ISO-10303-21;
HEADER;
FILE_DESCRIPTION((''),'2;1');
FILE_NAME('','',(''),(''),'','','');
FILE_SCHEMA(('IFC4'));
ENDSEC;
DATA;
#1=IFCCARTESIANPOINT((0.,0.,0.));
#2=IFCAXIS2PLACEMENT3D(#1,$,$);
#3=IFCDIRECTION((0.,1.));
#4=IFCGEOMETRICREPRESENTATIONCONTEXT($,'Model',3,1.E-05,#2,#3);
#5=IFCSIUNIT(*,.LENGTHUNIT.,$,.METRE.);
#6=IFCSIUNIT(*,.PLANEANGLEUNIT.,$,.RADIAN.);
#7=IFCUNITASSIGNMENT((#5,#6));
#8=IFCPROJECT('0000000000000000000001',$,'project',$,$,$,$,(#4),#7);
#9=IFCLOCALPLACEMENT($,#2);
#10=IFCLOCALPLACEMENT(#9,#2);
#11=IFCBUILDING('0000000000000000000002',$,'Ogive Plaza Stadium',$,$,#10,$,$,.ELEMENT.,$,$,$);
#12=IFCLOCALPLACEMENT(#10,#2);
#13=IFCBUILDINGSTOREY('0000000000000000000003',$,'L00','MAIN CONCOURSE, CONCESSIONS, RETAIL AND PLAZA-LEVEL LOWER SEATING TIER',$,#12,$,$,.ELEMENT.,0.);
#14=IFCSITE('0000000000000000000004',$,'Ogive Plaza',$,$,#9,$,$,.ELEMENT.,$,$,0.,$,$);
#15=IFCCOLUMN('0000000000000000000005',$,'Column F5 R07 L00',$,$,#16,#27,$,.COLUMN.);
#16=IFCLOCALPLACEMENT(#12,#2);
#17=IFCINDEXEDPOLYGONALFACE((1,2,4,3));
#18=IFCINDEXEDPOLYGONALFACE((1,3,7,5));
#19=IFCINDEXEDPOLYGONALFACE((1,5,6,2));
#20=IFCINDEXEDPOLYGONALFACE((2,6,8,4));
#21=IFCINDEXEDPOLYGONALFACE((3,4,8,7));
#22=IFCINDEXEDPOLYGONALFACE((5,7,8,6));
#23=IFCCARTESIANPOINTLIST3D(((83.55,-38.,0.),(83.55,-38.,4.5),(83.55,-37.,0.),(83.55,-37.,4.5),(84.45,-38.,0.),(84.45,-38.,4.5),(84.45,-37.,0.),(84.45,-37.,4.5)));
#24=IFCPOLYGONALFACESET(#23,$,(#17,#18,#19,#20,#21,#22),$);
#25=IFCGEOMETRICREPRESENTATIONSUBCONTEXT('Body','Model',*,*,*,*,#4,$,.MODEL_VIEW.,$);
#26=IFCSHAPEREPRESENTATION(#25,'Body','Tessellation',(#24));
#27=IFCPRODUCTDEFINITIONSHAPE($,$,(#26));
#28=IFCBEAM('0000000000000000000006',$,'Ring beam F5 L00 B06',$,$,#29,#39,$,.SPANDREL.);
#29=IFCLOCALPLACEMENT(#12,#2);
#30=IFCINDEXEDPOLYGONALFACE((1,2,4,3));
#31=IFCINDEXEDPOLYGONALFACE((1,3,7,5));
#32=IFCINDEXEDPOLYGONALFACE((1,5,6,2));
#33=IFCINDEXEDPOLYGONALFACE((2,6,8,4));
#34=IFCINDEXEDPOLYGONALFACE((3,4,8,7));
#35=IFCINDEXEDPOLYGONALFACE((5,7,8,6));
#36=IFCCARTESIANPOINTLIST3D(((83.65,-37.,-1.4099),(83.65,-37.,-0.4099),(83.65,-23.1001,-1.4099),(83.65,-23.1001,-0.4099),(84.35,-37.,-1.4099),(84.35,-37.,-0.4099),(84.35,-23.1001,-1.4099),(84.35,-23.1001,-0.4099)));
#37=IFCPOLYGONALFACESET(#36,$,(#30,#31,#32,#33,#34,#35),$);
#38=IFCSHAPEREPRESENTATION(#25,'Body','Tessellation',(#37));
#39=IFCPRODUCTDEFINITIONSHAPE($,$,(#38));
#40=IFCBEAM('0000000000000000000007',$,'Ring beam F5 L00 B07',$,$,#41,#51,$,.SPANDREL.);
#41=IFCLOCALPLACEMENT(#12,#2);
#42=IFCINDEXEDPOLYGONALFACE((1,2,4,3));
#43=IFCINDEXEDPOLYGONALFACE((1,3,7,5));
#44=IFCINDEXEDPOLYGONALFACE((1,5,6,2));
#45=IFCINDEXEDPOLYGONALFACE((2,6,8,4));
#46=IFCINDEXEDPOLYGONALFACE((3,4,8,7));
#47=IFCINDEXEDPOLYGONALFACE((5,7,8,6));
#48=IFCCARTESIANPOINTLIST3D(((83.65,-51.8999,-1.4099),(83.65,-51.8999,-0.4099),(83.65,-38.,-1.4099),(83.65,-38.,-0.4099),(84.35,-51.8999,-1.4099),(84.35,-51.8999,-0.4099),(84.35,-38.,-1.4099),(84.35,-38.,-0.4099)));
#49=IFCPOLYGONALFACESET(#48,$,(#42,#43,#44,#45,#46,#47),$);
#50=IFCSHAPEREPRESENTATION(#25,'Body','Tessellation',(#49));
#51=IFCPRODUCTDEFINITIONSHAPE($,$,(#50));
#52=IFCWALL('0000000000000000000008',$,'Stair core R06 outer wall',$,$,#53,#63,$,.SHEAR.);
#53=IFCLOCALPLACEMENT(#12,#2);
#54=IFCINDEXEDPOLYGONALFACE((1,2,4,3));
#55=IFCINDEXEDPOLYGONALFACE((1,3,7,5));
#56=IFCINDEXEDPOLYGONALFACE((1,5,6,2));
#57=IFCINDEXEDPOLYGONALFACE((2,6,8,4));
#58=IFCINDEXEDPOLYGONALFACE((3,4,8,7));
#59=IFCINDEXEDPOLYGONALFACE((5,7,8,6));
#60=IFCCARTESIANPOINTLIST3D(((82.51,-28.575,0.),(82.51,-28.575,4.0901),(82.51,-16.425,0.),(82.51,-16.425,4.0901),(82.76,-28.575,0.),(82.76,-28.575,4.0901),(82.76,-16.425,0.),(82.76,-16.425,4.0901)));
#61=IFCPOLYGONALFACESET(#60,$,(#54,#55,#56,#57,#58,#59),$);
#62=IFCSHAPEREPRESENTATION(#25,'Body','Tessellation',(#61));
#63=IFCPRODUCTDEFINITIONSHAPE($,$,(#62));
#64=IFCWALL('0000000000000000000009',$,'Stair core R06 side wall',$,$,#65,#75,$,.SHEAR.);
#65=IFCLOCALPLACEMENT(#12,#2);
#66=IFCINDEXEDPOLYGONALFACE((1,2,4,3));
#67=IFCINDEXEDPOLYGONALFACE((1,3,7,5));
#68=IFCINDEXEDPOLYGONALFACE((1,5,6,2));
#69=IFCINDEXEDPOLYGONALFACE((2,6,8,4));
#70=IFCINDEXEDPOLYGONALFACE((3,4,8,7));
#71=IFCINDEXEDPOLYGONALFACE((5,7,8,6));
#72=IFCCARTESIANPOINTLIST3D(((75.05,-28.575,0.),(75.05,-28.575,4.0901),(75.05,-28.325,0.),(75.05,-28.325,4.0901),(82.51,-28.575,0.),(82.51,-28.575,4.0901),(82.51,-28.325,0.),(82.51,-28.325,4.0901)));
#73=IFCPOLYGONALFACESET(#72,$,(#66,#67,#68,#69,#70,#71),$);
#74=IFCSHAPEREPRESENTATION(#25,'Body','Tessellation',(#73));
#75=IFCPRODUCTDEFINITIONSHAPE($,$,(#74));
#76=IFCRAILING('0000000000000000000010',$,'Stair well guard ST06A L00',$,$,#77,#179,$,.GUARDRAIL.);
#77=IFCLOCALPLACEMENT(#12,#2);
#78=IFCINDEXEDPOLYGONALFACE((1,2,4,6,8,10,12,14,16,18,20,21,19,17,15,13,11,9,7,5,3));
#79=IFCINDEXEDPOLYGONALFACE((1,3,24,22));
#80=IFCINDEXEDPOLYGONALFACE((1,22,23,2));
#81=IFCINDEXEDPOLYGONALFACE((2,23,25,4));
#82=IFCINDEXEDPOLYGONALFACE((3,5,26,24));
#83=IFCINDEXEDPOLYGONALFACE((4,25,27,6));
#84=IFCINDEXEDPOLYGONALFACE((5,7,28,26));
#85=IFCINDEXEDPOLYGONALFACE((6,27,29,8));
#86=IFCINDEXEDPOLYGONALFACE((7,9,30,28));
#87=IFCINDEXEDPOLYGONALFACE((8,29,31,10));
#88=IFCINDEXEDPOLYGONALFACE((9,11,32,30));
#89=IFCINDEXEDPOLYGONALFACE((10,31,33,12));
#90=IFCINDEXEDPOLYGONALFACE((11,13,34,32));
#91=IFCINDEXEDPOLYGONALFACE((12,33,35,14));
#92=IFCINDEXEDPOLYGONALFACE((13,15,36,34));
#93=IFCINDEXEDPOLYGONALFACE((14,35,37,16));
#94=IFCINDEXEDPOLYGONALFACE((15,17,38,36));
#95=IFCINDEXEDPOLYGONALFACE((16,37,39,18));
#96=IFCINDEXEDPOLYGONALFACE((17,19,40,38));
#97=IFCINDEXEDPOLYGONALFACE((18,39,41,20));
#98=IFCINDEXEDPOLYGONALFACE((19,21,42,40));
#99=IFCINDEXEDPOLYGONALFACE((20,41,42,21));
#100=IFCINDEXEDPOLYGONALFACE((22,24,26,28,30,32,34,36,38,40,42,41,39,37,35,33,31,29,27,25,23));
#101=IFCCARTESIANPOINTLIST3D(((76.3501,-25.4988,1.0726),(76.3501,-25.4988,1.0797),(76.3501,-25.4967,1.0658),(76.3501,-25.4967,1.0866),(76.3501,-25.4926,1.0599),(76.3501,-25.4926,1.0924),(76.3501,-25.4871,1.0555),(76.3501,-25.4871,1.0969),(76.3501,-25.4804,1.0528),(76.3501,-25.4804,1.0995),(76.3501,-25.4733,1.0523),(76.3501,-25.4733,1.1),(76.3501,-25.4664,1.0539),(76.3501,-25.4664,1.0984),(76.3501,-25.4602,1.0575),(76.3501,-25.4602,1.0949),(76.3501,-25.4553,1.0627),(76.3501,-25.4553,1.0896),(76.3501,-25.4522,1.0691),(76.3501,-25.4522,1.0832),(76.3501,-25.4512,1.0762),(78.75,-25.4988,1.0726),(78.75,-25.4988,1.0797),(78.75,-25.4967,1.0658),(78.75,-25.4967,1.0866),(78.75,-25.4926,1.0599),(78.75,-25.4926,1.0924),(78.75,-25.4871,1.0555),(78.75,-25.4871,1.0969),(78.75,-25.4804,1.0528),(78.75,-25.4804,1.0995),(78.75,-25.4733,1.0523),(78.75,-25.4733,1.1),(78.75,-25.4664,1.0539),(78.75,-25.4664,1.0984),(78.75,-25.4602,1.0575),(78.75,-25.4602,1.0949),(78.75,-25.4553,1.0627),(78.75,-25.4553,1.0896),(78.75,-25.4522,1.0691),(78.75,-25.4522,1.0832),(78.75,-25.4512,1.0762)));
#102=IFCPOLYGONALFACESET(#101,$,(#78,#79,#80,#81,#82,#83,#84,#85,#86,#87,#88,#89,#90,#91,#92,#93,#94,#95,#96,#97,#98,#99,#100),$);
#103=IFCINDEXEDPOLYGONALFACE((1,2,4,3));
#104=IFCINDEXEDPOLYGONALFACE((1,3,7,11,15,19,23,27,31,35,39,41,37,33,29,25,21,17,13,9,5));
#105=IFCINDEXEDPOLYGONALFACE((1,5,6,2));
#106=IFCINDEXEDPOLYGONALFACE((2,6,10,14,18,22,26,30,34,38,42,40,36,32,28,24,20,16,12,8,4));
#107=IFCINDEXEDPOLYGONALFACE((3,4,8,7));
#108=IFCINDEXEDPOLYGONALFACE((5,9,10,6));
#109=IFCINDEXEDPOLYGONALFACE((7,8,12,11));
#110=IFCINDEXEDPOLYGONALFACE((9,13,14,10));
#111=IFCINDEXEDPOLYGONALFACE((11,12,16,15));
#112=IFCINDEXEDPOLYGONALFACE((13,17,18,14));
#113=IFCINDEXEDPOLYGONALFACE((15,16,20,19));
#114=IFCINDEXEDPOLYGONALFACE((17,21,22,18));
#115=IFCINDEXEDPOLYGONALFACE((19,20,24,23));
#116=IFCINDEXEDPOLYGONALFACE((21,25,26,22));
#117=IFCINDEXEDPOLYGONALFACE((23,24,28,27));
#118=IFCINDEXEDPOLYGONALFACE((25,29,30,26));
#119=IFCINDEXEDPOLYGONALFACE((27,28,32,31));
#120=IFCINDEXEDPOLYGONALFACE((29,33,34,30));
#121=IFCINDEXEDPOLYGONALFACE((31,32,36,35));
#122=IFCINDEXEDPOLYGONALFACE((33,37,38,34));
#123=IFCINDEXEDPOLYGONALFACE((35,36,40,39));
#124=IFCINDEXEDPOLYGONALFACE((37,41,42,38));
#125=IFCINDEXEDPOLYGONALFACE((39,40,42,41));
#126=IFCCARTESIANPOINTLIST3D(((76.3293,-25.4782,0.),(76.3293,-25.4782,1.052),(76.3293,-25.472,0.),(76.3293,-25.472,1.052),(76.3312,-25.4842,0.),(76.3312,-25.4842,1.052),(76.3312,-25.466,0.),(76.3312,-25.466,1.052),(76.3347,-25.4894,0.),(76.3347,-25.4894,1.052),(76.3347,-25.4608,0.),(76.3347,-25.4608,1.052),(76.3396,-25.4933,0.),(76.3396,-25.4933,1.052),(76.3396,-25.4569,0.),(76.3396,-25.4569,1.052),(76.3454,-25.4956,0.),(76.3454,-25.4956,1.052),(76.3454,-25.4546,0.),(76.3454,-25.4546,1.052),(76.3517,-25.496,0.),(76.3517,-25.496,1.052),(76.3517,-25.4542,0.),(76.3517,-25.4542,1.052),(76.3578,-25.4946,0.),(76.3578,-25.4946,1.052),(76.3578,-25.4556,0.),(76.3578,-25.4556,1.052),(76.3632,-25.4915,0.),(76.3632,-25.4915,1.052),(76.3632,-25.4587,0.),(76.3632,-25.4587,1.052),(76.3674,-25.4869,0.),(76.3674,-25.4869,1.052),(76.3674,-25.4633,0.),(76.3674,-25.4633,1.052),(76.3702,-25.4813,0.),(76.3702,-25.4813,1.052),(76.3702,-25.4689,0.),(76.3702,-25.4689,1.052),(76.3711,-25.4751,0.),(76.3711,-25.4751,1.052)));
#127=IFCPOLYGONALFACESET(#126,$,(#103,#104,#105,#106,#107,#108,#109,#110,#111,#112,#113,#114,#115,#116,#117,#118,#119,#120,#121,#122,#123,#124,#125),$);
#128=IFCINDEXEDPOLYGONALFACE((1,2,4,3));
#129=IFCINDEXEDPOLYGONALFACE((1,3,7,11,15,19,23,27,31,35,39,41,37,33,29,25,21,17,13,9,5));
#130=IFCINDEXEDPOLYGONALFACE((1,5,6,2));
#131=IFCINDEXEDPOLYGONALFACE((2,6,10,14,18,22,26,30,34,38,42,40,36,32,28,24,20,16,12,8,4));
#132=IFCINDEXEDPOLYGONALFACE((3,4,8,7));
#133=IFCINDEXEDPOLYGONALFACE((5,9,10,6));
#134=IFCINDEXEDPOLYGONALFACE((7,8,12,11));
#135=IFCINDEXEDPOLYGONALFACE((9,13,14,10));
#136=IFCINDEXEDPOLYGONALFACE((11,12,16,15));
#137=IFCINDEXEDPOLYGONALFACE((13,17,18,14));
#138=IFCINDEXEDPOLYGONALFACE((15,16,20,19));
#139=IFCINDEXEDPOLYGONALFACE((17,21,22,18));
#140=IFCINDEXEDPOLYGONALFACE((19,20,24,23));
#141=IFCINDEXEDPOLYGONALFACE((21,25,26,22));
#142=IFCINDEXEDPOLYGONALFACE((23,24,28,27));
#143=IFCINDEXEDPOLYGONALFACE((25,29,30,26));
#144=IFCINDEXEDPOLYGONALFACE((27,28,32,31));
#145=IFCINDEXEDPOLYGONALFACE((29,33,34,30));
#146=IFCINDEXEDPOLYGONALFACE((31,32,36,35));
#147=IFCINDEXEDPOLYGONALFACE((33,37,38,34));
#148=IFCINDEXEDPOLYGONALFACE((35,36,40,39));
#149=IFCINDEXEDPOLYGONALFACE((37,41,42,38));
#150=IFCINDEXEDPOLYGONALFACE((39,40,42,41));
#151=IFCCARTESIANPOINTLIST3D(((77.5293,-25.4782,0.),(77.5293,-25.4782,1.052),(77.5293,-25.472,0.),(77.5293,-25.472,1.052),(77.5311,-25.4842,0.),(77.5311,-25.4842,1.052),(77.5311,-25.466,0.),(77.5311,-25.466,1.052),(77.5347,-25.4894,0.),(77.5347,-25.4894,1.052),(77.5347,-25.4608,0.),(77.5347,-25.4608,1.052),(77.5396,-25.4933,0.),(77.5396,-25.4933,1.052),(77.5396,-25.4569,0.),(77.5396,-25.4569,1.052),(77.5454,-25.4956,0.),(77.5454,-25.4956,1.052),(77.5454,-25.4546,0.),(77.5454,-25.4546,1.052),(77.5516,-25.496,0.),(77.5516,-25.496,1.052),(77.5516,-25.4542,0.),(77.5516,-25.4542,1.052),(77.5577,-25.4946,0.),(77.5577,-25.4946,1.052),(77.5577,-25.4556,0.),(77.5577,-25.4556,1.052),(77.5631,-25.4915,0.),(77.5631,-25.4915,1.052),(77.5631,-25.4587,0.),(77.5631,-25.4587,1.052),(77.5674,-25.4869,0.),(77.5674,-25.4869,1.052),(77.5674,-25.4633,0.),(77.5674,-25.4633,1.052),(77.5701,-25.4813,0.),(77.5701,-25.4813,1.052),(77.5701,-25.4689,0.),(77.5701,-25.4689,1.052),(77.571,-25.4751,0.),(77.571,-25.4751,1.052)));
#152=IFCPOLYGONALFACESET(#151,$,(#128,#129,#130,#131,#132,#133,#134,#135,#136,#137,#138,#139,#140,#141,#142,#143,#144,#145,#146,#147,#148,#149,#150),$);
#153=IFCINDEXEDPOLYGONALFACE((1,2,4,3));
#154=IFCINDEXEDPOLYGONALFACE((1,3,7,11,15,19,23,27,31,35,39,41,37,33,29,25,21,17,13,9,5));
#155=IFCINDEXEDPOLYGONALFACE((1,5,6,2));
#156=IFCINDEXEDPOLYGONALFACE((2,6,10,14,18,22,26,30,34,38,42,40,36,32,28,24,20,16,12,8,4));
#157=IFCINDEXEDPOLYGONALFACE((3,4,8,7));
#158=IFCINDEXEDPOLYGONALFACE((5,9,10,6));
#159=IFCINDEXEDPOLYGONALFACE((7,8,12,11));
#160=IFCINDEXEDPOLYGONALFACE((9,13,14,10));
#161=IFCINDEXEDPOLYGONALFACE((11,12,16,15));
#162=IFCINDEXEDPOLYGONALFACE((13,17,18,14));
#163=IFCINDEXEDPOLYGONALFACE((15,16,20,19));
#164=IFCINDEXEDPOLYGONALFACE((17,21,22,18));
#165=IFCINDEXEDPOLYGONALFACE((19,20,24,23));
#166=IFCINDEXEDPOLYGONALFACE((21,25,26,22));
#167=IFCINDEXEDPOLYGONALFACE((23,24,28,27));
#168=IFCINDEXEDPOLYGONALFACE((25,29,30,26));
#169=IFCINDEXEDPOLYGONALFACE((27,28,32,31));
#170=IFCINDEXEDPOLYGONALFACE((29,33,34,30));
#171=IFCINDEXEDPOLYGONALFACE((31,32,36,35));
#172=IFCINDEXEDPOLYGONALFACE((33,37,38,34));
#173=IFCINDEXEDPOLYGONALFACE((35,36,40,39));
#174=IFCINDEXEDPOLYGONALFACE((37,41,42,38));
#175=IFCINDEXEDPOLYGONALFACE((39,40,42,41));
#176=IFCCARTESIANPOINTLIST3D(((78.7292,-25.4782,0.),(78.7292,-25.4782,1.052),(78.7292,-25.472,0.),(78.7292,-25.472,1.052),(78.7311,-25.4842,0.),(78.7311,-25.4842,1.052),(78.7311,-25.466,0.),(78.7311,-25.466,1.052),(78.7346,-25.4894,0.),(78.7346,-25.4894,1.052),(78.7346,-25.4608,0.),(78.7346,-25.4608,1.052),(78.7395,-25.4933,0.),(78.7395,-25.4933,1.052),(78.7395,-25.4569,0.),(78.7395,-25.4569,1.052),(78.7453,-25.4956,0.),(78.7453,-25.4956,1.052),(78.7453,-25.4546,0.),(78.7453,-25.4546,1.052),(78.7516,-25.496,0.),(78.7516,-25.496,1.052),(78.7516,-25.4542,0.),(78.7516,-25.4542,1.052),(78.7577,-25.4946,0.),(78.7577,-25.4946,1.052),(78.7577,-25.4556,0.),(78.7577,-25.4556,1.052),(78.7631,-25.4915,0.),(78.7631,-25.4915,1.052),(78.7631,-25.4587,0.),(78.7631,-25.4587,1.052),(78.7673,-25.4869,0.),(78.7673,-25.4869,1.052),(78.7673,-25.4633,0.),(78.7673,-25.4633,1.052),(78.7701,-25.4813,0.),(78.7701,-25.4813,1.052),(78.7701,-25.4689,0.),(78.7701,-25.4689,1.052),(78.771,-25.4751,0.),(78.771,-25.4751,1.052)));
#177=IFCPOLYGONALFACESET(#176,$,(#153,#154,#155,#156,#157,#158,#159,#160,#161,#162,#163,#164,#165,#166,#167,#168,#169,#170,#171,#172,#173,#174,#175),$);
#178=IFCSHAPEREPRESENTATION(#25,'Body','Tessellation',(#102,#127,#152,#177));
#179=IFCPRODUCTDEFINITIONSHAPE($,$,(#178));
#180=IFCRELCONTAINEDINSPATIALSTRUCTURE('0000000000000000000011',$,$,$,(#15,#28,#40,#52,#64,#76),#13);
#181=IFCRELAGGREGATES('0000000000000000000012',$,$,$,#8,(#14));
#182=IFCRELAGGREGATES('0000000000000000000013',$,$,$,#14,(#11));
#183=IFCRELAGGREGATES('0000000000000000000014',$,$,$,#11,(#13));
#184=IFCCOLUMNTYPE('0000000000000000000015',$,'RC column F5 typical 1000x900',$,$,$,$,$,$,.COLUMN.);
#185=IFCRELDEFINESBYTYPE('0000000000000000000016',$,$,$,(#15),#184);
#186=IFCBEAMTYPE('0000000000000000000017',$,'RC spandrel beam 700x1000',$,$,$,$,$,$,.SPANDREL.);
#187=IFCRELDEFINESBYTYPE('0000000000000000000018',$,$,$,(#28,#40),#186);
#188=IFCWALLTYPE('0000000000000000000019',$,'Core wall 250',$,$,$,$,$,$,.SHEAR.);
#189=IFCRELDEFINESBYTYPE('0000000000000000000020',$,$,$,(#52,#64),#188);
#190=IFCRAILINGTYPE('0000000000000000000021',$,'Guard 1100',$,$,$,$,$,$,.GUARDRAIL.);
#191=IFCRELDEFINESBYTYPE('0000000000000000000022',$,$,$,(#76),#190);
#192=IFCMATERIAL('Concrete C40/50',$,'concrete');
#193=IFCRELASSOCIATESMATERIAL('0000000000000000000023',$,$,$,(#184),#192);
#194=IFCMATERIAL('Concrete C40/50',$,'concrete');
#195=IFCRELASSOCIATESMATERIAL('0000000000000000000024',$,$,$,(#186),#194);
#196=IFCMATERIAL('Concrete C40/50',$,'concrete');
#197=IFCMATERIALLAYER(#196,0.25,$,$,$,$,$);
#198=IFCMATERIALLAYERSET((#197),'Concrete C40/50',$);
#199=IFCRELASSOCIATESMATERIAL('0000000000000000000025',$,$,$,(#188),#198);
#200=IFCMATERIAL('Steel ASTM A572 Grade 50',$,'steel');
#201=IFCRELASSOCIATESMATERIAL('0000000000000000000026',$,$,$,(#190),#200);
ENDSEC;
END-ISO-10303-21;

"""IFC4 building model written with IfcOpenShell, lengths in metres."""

from ifc_helpers import new_model, si_unit, direction, frame, frame_2d, origin, origin_2d, place, context, subcontext, project, spatial, rectangle, circle, extrude, material, layer, layer_set, material_profile, profile_set, type_object, element, save


model = new_model("IFC4")

# Units and contexts
model_context = context("Model", 3, precision=1e-05, world=origin(), true_north=direction((0.0, 1.0)))
body_context = subcontext(model_context, "Body", "Model", "MODEL_VIEW")
ifc_project = project(units=[si_unit("LENGTHUNIT", "METRE"), si_unit("PLANEANGLEUNIT", "RADIAN")], contexts=[model_context])

# Site, building, storey
site_placement = place(None, origin())
site = spatial("IfcSite", under=ifc_project, at=site_placement, Name="Ogive Plaza", CompositionType="ELEMENT", RefElevation=0.0)
building_placement = place(site_placement, origin())
building = spatial("IfcBuilding", under=site, at=building_placement, Name="Ogive Plaza Stadium", CompositionType="ELEMENT")
storey_placement = place(building_placement, origin())
storey = spatial("IfcBuildingStorey", under=building, at=storey_placement, Name="L00", Description="MAIN CONCOURSE, CONCESSIONS, RETAIL AND PLAZA-LEVEL LOWER SEATING TIER", CompositionType="ELEMENT", Elevation=0.0)

# Column
ifc_material_1 = material(Name="Concrete C40/50", Category="concrete")
ifc_material_profile_1 = material_profile(ifc_material_1, rectangle(XDim=1.0, YDim=0.8999, at=origin_2d()), Name="RC 1000x900")
ifc_profile_set_1 = profile_set([ifc_material_profile_1], Name="Concrete C40/50")
column_type = type_object("IfcColumnType", Name="RC column F5 typical 1000x900", PredefinedType="COLUMN", material=ifc_profile_set_1)
column_placement = place(storey_placement, frame((84.0, -37.5, 0.0), z_axis=(0.0, 0.0, 1.0), x_axis=(0.0, 1.0, 0.0)))
element("IfcColumn", 1, at=column_placement, inside=storey, type_object=column_type, Name="Column F5 R07 L00", PredefinedType="COLUMN", context=body_context, shape_type="SweptSolid", body=[
    extrude(rectangle(XDim=1.0, YDim=0.8999, at=origin_2d()), origin(), (0.0, 0.0, 1.0), 4.5),
])

# Beams
ifc_material_2 = material(Name="Concrete C40/50", Category="concrete")
ifc_material_profile_2 = material_profile(ifc_material_2, rectangle(XDim=0.7, YDim=1.0, at=origin_2d()), Name="RC 700x1000")
ifc_profile_set_2 = profile_set([ifc_material_profile_2], Name="Concrete C40/50")
beam_type = type_object("IfcBeamType", Name="RC spandrel beam 700x1000", PredefinedType="SPANDREL", material=ifc_profile_set_2)
for number, where, z_axis, x_axis, name in (
    (2, (84.0, -23.1001, -0.9099), (0.0, -1.0, 0.0), (1.0, 0.0, 0.0), "Ring beam F5 L00 B06"),
    (3, (84.0, -38.0, -0.9099), (0.0, -1.0, 0.0), (1.0, 0.0, 0.0), "Ring beam F5 L00 B07"),
):
    element("IfcBeam", number, at=place(storey_placement, frame(where, z_axis=z_axis, x_axis=x_axis)), inside=storey, type_object=beam_type, Name=name, PredefinedType="SPANDREL", context=body_context, shape_type="SweptSolid", body=[
        extrude(rectangle(XDim=0.7, YDim=1.0, at=origin_2d()), origin(), (0.0, 0.0, 1.0), 13.8999),
    ])

# Walls
ifc_material_3 = material(Name="Concrete C40/50", Category="concrete")
ifc_layer_1 = layer(ifc_material_3, 0.25)
ifc_layer_set_1 = layer_set([ifc_layer_1], Name="Concrete C40/50")
wall_type_1 = type_object("IfcWallType", Name="Core wall 250", PredefinedType="SHEAR", material=ifc_layer_set_1)
wall_1_placement = place(storey_placement, frame((82.635, -28.575, 0.0), z_axis=(0.0, 0.0, 1.0), x_axis=(0.0, 1.0, 0.0)))
element("IfcWall", 4, at=wall_1_placement, inside=storey, type_object=wall_type_1, Name="Stair core R06 outer wall", PredefinedType="SHEAR", context=body_context, shape_type="SweptSolid", body=[
    extrude(rectangle(XDim=12.1499, YDim=0.25, at=frame_2d((6.075, 0.0))), origin(), (0.0, 0.0, 1.0), 4.0901),
])
wall_2_placement = place(storey_placement, frame((75.05, -28.45, 0.0), z_axis=(0.0, 0.0, 1.0), x_axis=(1.0, 0.0, 0.0)))
element("IfcWall", 5, at=wall_2_placement, inside=storey, type_object=wall_type_1, Name="Stair core R06 side wall", PredefinedType="SHEAR", context=body_context, shape_type="SweptSolid", body=[
    extrude(rectangle(XDim=7.46, YDim=0.25, at=frame_2d((3.73, 0.0))), origin(), (0.0, 0.0, 1.0), 4.0901),
])

# Railing
ifc_material_4 = material(Name="Steel ASTM A572 Grade 50", Category="steel")
railing_type_1 = type_object("IfcRailingType", Name="Guard 1100", PredefinedType="GUARDRAIL", material=ifc_material_4)
for number, where, name in (
    (6, (76.3501, -25.4751, 0.0), "Stair well guard ST06A L00"),
):
    element("IfcRailing", number, at=place(storey_placement, frame(where)), inside=storey, type_object=railing_type_1, Name=name, PredefinedType="GUARDRAIL", context=body_context, shape_type="SweptSolid", body=[
        extrude(circle(Radius=0.0239, at=origin_2d()), frame((0.0, 0.0, 1.0762), z_axis=(1.0, 0.0, 0.0), x_axis=(0.0, 1.0, 0.0)), (0.0, 0.0, 1.0), 2.3999),
        extrude(circle(Radius=0.021, at=origin_2d()), origin(), (0.0, 0.0, 1.0), 1.052),
        extrude(circle(Radius=0.021, at=origin_2d()), frame((1.2, 0.0, 0.0)), (0.0, 0.0, 1.0), 1.052),
        extrude(circle(Radius=0.021, at=origin_2d()), frame((2.3999, 0.0, 0.0)), (0.0, 0.0, 1.0), 1.052),
    ])

save(model, "model.ifc")
